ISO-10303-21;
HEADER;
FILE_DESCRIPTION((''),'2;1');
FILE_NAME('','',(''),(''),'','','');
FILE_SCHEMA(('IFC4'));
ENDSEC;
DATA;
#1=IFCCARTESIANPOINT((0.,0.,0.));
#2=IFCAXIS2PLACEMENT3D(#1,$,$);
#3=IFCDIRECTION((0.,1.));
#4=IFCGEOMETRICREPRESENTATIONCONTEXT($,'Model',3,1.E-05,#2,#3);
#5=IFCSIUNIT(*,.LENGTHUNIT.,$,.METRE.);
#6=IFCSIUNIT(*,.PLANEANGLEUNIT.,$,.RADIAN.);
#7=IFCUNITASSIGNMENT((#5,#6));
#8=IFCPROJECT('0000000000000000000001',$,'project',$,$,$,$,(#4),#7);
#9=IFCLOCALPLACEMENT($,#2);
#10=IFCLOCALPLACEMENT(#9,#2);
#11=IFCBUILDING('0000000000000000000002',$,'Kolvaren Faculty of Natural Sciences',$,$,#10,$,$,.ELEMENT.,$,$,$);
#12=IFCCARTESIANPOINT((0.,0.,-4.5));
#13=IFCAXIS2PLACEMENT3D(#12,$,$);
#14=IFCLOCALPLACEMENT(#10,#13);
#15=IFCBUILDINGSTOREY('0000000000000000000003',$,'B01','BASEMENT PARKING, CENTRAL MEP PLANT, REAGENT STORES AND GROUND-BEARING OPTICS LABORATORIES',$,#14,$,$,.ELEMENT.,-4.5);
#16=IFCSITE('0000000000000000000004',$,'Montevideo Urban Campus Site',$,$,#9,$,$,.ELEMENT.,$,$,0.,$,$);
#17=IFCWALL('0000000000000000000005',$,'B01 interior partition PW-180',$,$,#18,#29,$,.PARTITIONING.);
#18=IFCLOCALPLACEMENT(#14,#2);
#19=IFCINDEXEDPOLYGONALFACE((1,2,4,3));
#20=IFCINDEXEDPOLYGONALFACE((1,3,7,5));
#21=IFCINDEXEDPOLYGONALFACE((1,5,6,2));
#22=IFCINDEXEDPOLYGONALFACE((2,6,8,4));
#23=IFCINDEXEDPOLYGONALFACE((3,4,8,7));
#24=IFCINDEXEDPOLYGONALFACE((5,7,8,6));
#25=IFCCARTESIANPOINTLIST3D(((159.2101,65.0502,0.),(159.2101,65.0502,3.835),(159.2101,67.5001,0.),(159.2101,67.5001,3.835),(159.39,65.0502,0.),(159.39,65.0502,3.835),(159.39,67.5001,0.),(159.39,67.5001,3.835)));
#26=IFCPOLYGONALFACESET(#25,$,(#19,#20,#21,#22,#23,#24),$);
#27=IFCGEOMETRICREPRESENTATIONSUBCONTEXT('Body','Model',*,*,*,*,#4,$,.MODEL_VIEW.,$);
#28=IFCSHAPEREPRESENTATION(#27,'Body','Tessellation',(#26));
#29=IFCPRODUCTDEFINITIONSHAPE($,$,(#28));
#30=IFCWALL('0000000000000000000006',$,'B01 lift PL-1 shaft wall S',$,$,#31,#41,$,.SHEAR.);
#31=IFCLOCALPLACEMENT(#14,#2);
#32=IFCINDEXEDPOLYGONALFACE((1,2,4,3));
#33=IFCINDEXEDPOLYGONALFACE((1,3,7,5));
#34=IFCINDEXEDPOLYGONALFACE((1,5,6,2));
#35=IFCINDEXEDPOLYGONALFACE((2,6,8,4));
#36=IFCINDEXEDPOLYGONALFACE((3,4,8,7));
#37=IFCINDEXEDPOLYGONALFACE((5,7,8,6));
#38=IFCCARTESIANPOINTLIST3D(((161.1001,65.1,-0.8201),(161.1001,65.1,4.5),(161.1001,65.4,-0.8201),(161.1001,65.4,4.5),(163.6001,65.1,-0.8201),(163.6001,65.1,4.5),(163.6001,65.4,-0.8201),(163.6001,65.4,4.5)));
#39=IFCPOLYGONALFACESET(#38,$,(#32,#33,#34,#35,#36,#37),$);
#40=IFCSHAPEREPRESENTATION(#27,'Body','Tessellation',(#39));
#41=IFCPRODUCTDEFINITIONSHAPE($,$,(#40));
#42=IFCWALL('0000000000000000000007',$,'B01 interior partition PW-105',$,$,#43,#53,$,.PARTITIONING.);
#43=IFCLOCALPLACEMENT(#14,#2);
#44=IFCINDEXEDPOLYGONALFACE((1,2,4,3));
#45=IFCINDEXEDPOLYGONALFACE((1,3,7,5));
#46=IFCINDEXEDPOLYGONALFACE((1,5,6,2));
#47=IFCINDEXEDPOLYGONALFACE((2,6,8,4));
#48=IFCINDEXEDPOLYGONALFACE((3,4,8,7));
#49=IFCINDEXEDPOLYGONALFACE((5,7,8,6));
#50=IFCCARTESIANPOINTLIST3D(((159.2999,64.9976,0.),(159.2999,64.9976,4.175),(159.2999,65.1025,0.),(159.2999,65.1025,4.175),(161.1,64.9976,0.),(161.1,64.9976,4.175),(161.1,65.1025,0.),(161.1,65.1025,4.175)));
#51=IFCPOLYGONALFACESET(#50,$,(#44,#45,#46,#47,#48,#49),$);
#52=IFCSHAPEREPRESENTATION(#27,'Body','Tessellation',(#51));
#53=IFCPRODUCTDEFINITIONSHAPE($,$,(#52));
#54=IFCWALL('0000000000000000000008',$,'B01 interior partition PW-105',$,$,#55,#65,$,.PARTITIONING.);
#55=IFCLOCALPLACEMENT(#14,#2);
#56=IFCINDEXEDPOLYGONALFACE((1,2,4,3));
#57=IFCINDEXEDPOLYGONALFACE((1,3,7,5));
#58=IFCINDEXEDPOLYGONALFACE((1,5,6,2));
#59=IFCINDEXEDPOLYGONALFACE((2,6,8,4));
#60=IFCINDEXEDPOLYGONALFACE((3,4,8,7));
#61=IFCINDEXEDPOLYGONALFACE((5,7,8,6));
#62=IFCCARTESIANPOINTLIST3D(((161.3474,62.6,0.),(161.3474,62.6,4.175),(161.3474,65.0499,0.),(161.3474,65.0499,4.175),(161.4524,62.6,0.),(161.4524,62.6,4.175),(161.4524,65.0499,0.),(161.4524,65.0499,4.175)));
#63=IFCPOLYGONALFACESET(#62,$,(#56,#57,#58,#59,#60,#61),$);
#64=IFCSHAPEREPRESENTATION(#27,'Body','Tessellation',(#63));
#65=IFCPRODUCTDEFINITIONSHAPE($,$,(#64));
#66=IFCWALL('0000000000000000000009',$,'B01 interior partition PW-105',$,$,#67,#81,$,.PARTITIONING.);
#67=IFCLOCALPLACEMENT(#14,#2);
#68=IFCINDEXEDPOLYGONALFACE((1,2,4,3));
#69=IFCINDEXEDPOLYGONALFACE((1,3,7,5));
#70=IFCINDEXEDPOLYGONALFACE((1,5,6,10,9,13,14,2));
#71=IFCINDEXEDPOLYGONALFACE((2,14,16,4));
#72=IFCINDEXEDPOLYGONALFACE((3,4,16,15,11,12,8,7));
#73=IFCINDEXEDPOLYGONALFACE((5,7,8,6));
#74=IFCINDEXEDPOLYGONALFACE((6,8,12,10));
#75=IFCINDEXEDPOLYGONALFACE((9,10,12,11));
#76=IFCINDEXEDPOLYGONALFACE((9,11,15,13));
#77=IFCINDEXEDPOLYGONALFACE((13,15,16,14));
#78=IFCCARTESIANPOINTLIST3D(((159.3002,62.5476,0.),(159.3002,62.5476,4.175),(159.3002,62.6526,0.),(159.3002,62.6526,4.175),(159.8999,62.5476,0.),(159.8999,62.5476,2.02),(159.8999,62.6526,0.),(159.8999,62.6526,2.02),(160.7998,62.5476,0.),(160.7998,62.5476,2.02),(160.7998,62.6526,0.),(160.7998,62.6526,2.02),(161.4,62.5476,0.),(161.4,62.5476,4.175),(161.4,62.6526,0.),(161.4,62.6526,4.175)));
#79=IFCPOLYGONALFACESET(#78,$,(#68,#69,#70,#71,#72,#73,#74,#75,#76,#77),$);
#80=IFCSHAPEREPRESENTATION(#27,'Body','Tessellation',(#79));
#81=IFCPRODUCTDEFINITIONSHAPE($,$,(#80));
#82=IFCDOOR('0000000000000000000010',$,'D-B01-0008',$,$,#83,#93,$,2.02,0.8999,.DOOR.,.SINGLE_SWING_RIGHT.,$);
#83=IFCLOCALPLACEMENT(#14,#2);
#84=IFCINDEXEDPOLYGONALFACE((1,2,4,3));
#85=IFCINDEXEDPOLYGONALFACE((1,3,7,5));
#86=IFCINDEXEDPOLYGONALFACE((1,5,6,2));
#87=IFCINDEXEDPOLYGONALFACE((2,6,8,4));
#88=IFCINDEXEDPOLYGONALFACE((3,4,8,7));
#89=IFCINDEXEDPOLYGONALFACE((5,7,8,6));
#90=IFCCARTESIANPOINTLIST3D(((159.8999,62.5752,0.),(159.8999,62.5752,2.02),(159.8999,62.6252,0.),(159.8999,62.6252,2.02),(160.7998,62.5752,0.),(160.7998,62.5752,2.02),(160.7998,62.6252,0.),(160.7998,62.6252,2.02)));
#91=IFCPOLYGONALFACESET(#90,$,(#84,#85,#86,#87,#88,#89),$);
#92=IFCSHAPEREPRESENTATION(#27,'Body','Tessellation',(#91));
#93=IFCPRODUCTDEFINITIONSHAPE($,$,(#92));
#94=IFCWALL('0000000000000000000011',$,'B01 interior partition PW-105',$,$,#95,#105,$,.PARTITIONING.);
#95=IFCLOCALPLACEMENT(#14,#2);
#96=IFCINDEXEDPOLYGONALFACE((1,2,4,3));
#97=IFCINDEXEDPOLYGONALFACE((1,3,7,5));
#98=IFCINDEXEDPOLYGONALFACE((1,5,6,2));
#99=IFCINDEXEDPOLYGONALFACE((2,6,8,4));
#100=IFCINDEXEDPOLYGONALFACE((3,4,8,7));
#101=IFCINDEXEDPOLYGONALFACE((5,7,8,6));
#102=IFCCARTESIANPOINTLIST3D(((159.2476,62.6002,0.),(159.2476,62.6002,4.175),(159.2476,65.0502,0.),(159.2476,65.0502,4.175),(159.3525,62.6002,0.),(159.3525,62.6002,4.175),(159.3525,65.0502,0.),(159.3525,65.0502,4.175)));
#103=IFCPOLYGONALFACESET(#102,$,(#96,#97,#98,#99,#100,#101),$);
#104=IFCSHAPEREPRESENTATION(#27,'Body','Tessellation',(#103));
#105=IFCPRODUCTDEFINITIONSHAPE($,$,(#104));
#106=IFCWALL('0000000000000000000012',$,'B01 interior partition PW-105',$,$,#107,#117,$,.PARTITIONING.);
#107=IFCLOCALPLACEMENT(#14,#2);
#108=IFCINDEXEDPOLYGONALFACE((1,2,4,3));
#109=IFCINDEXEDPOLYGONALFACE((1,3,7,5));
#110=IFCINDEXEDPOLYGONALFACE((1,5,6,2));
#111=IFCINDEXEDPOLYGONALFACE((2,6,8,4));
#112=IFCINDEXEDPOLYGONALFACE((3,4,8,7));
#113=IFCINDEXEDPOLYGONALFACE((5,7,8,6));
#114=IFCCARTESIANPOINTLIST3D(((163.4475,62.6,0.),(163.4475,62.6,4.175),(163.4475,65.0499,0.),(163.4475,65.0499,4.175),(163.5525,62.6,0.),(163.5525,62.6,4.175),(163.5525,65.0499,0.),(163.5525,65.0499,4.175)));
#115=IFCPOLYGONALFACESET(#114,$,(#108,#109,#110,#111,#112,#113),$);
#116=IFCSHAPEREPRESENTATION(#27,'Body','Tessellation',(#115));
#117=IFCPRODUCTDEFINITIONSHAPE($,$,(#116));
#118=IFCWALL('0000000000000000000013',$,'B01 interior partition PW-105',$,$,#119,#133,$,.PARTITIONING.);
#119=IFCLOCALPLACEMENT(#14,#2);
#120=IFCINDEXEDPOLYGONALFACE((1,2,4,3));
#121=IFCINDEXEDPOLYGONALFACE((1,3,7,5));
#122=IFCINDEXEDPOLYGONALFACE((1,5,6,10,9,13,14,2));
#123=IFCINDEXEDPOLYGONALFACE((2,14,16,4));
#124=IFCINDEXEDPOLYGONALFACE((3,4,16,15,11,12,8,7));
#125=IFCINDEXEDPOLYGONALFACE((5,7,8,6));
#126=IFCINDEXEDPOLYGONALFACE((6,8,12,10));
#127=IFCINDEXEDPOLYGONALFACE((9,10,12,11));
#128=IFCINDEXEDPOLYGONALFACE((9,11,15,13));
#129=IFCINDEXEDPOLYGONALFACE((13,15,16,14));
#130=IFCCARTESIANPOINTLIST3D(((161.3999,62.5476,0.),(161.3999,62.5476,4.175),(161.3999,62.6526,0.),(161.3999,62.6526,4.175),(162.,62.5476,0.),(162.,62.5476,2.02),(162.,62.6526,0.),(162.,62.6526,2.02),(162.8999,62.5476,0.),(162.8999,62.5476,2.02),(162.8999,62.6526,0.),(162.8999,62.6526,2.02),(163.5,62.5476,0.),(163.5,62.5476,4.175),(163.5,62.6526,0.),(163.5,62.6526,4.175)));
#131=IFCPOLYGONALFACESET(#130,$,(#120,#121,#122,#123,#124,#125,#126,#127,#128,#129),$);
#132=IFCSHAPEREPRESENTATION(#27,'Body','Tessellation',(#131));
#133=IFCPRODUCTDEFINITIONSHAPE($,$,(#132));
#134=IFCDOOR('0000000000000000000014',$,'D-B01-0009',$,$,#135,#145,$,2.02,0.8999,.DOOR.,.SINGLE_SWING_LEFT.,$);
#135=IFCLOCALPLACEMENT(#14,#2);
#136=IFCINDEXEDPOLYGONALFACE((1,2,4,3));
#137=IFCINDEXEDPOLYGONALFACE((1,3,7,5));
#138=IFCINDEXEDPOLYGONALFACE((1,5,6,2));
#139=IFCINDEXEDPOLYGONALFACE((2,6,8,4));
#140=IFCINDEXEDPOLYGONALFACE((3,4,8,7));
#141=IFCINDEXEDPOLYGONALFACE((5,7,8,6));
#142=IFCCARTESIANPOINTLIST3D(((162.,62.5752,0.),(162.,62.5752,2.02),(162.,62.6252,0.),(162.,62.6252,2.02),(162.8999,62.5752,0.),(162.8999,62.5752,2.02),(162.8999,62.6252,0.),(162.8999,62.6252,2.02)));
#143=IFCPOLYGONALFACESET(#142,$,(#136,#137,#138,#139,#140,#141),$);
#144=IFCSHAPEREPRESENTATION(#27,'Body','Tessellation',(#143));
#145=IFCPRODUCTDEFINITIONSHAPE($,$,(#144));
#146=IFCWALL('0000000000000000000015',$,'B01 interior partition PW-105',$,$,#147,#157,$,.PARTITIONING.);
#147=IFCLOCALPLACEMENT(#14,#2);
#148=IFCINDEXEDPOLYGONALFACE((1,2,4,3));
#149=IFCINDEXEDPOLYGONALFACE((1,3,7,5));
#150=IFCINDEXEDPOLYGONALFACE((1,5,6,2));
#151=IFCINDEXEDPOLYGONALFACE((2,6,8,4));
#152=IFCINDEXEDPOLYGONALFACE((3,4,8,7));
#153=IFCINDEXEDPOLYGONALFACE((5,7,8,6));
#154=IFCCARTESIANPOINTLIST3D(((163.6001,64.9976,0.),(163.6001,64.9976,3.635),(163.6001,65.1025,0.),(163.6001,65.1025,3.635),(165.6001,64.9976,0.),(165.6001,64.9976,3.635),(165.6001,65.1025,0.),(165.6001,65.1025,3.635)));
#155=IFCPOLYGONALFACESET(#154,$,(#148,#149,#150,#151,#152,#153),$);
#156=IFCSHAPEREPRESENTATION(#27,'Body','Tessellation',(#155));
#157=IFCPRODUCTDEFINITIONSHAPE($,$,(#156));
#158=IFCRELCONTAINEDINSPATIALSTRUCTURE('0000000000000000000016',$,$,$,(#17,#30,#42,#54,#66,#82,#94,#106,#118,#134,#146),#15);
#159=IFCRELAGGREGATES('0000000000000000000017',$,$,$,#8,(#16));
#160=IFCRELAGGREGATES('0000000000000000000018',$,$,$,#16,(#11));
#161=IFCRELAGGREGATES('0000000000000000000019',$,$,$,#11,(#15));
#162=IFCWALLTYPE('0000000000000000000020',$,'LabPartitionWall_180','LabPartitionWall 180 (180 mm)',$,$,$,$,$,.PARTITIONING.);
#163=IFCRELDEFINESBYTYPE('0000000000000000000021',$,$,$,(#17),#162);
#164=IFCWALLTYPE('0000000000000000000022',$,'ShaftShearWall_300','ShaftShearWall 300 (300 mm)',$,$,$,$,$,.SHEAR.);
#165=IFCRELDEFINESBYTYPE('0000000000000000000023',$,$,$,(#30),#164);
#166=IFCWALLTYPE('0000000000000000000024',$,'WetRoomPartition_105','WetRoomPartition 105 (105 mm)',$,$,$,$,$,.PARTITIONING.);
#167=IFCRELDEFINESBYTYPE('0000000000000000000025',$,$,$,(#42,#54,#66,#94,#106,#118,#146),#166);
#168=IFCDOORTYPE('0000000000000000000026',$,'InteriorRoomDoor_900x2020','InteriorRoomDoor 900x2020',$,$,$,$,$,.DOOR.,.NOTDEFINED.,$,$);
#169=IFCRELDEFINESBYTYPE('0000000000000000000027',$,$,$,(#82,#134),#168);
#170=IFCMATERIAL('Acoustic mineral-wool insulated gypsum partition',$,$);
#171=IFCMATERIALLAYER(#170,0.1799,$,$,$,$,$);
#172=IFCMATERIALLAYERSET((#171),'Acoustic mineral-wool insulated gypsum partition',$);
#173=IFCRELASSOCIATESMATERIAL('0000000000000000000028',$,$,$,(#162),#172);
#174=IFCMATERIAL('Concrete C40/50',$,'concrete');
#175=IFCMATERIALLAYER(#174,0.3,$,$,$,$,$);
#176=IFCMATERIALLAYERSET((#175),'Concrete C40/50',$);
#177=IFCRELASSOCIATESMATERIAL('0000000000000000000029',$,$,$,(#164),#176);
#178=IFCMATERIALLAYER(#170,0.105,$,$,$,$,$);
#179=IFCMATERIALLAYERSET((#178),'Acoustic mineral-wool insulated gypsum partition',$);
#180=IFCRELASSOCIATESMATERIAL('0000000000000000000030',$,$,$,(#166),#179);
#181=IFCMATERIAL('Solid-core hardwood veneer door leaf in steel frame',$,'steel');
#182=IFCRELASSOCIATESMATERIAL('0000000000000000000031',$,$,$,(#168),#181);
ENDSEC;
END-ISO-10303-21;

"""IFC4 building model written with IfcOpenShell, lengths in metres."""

from ifc_helpers import new_model, si_unit, direction, frame, frame_2d, origin, place, context, subcontext, project, spatial, rectangle, extrude, material, layer, layer_set, type_object, element, fill, save


model = new_model("IFC4")

# Units and contexts
model_context = context("Model", 3, precision=1e-05, world=origin(), true_north=direction((0.0, 1.0)))
body_context = subcontext(model_context, "Body", "Model", "MODEL_VIEW")
ifc_project = project(units=[si_unit("LENGTHUNIT", "METRE"), si_unit("PLANEANGLEUNIT", "RADIAN")], contexts=[model_context])

# Site, building, storey
site_placement = place(None, origin())
site = spatial("IfcSite", under=ifc_project, at=site_placement, Name="Montevideo Urban Campus Site", CompositionType="ELEMENT", RefElevation=0.0)
building_placement = place(site_placement, origin())
building = spatial("IfcBuilding", under=site, at=building_placement, Name="Kolvaren Faculty of Natural Sciences", CompositionType="ELEMENT")
storey_placement = place(building_placement, frame((0.0, 0.0, -4.5)))
storey = spatial("IfcBuildingStorey", under=building, at=storey_placement, Name="B01", Description="BASEMENT PARKING, CENTRAL MEP PLANT, REAGENT STORES AND GROUND-BEARING OPTICS LABORATORIES", CompositionType="ELEMENT", Elevation=-4.5)

# Shared definitions
ifc_material_1 = material(Name="Concrete C40/50", Category="concrete")

# Walls
ifc_material_2 = material(Name="Acoustic mineral-wool insulated gypsum partition")
ifc_layer_1 = layer(ifc_material_2, 0.1799)
ifc_layer_set_1 = layer_set([ifc_layer_1], Name="Acoustic mineral-wool insulated gypsum partition")
wall_type_1 = type_object("IfcWallType", Name="LabPartitionWall_180", Description="LabPartitionWall 180 (180 mm)", PredefinedType="PARTITIONING", material=ifc_layer_set_1)
wall_1_placement = place(storey_placement, frame((159.3, 65.05, 0.0), z_axis=(0.0, 0.0, 1.0), x_axis=(0.0, 1.0, 0.0)))
element("IfcWall", 1, at=wall_1_placement, inside=storey, type_object=wall_type_1, Name="B01 interior partition PW-180", PredefinedType="PARTITIONING", context=body_context, shape_type="SweptSolid", body=[
    extrude(rectangle(XDim=2.45, YDim=0.1799, at=frame_2d((1.2251, 0.0))), origin(), (0.0, 0.0, 1.0), 3.835),
])
ifc_layer_2 = layer(ifc_material_1, 0.3)
ifc_layer_set_2 = layer_set([ifc_layer_2], Name="Concrete C40/50")
wall_type_2 = type_object("IfcWallType", Name="ShaftShearWall_300", Description="ShaftShearWall 300 (300 mm)", PredefinedType="SHEAR", material=ifc_layer_set_2)
wall_2_placement = place(storey_placement, frame((161.1001, 65.25, -0.8201), z_axis=(0.0, 0.0, 1.0), x_axis=(1.0, 0.0, 0.0)))
element("IfcWall", 2, at=wall_2_placement, inside=storey, type_object=wall_type_2, Name="B01 lift PL-1 shaft wall S", PredefinedType="SHEAR", context=body_context, shape_type="SweptSolid", body=[
    extrude(rectangle(XDim=2.5, YDim=0.3, at=frame_2d((1.25, 0.0))), origin(), (0.0, 0.0, 1.0), 5.3201),
])
ifc_layer_3 = layer(ifc_material_2, 0.105)
ifc_layer_set_3 = layer_set([ifc_layer_3], Name="Acoustic mineral-wool insulated gypsum partition")
wall_type_3 = type_object("IfcWallType", Name="WetRoomPartition_105", Description="WetRoomPartition 105 (105 mm)", PredefinedType="PARTITIONING", material=ifc_layer_set_3)
wall_3_placement = place(storey_placement, frame((159.3, 65.05, 0.0), z_axis=(0.0, 0.0, 1.0), x_axis=(1.0, 0.0, 0.0)))
element("IfcWall", 3, at=wall_3_placement, inside=storey, type_object=wall_type_3, Name="B01 interior partition PW-105", PredefinedType="PARTITIONING", context=body_context, shape_type="SweptSolid", body=[
    extrude(rectangle(XDim=1.8, YDim=0.105, at=frame_2d((0.8999, 0.0))), origin(), (0.0, 0.0, 1.0), 4.175),
])
wall_4_placement = place(storey_placement, frame((161.3999, 65.05, 0.0), z_axis=(0.0, 0.0, 1.0), x_axis=(0.0, -1.0, 0.0)))
element("IfcWall", 4, at=wall_4_placement, inside=storey, type_object=wall_type_3, Name="B01 interior partition PW-105", PredefinedType="PARTITIONING", context=body_context, shape_type="SweptSolid", body=[
    extrude(rectangle(XDim=2.45, YDim=0.105, at=frame_2d((1.2251, 0.0))), origin(), (0.0, 0.0, 1.0), 4.175),
])

# Wall, opening, door
wall_5_placement = place(storey_placement, frame((161.3999, 62.6001, 0.0), z_axis=(0.0, 0.0, 1.0), x_axis=(-1.0, 0.0, 0.0)))
wall_5 = element("IfcWall", 5, at=wall_5_placement, inside=storey, type_object=wall_type_3, Name="B01 interior partition PW-105", PredefinedType="PARTITIONING", context=body_context, shape_type="SweptSolid", body=[
    extrude(rectangle(XDim=2.0999, YDim=0.105, at=frame_2d((1.0498, 0.0))), origin(), (0.0, 0.0, 1.0), 4.175),
])
opening_1_placement = place(wall_5_placement, frame((0.6001, 0.0, 0.0)))
opening_1 = element("IfcOpeningElement", 6, at=opening_1_placement, cuts=wall_5, PredefinedType="OPENING", context=body_context, shape_type="SweptSolid", body=[
    extrude(rectangle(XDim=0.8999, YDim=2.02, at=frame_2d((0.45, 1.01))), frame((0.0, 0.0625, 0.0), z_axis=(0.0, -1.0, 0.0), x_axis=(1.0, 0.0, 0.0)), (0.0, 0.0, 1.0), 0.125),
])
ifc_material_3 = material(Name="Solid-core hardwood veneer door leaf in steel frame", Category="steel")
door_type = type_object("IfcDoorType", Name="InteriorRoomDoor_900x2020", Description="InteriorRoomDoor 900x2020", OperationType="NOTDEFINED", PredefinedType="DOOR", material=ifc_material_3)
door_1_placement = place(opening_1_placement, origin())
door_1 = element("IfcDoor", 7, at=door_1_placement, inside=storey, type_object=door_type, Name="D-B01-0008", OperationType="SINGLE_SWING_RIGHT", OverallHeight=2.02, OverallWidth=0.8999, PredefinedType="DOOR", context=body_context, shape_type="SweptSolid", body=[
    extrude(rectangle(XDim=0.8999, YDim=2.02, at=frame_2d((0.45, 1.01))), frame((0.0, 0.0249, 0.0), z_axis=(0.0, -1.0, 0.0), x_axis=(1.0, 0.0, 0.0)), (0.0, 0.0, 1.0), 0.05),
])
fill(opening_1, door_1)

# Walls
for number, where, z_axis, x_axis, name in (
    (8, (159.3, 62.6001, 0.0), (0.0, 0.0, 1.0), (0.0, 1.0, 0.0), "B01 interior partition PW-105"),
    (9, (163.5, 65.05, 0.0), (0.0, 0.0, 1.0), (0.0, -1.0, 0.0), "B01 interior partition PW-105"),
):
    element("IfcWall", number, at=place(storey_placement, frame(where, z_axis=z_axis, x_axis=x_axis)), inside=storey, type_object=wall_type_3, Name=name, PredefinedType="PARTITIONING", context=body_context, shape_type="SweptSolid", body=[
        extrude(rectangle(XDim=2.45, YDim=0.105, at=frame_2d((1.2251, 0.0))), origin(), (0.0, 0.0, 1.0), 4.175),
    ])

# Wall, opening, door
wall_6_placement = place(storey_placement, frame((163.5, 62.6001, 0.0), z_axis=(0.0, 0.0, 1.0), x_axis=(-1.0, 0.0, 0.0)))
wall_6 = element("IfcWall", 10, at=wall_6_placement, inside=storey, type_object=wall_type_3, Name="B01 interior partition PW-105", PredefinedType="PARTITIONING", context=body_context, shape_type="SweptSolid", body=[
    extrude(rectangle(XDim=2.1001, YDim=0.105, at=frame_2d((1.05, 0.0))), origin(), (0.0, 0.0, 1.0), 4.175),
])
opening_2_placement = place(wall_6_placement, frame((0.6001, 0.0, 0.0)))
opening_2 = element("IfcOpeningElement", 11, at=opening_2_placement, cuts=wall_6, PredefinedType="OPENING", context=body_context, shape_type="SweptSolid", body=[
    extrude(rectangle(XDim=0.8999, YDim=2.02, at=frame_2d((0.45, 1.01))), frame((0.0, 0.0625, 0.0), z_axis=(0.0, -1.0, 0.0), x_axis=(1.0, 0.0, 0.0)), (0.0, 0.0, 1.0), 0.125),
])
door_2_placement = place(opening_2_placement, origin())
door_2 = element("IfcDoor", 12, at=door_2_placement, inside=storey, type_object=door_type, Name="D-B01-0009", OperationType="SINGLE_SWING_LEFT", OverallHeight=2.02, OverallWidth=0.8999, PredefinedType="DOOR", context=body_context, shape_type="SweptSolid", body=[
    extrude(rectangle(XDim=0.8999, YDim=2.02, at=frame_2d((0.45, 1.01))), frame((0.0, 0.0249, 0.0), z_axis=(0.0, -1.0, 0.0), x_axis=(1.0, 0.0, 0.0)), (0.0, 0.0, 1.0), 0.05),
])
fill(opening_2, door_2)

# Wall
wall_7_placement = place(storey_placement, frame((163.6001, 65.05, 0.0), z_axis=(0.0, 0.0, 1.0), x_axis=(1.0, 0.0, 0.0)))
element("IfcWall", 13, at=wall_7_placement, inside=storey, type_object=wall_type_3, Name="B01 interior partition PW-105", PredefinedType="PARTITIONING", context=body_context, shape_type="SweptSolid", body=[
    extrude(rectangle(XDim=2.0, YDim=0.105, at=frame_2d((1.0, 0.0))), origin(), (0.0, 0.0, 1.0), 3.635),
])

save(model, "model.ifc")
